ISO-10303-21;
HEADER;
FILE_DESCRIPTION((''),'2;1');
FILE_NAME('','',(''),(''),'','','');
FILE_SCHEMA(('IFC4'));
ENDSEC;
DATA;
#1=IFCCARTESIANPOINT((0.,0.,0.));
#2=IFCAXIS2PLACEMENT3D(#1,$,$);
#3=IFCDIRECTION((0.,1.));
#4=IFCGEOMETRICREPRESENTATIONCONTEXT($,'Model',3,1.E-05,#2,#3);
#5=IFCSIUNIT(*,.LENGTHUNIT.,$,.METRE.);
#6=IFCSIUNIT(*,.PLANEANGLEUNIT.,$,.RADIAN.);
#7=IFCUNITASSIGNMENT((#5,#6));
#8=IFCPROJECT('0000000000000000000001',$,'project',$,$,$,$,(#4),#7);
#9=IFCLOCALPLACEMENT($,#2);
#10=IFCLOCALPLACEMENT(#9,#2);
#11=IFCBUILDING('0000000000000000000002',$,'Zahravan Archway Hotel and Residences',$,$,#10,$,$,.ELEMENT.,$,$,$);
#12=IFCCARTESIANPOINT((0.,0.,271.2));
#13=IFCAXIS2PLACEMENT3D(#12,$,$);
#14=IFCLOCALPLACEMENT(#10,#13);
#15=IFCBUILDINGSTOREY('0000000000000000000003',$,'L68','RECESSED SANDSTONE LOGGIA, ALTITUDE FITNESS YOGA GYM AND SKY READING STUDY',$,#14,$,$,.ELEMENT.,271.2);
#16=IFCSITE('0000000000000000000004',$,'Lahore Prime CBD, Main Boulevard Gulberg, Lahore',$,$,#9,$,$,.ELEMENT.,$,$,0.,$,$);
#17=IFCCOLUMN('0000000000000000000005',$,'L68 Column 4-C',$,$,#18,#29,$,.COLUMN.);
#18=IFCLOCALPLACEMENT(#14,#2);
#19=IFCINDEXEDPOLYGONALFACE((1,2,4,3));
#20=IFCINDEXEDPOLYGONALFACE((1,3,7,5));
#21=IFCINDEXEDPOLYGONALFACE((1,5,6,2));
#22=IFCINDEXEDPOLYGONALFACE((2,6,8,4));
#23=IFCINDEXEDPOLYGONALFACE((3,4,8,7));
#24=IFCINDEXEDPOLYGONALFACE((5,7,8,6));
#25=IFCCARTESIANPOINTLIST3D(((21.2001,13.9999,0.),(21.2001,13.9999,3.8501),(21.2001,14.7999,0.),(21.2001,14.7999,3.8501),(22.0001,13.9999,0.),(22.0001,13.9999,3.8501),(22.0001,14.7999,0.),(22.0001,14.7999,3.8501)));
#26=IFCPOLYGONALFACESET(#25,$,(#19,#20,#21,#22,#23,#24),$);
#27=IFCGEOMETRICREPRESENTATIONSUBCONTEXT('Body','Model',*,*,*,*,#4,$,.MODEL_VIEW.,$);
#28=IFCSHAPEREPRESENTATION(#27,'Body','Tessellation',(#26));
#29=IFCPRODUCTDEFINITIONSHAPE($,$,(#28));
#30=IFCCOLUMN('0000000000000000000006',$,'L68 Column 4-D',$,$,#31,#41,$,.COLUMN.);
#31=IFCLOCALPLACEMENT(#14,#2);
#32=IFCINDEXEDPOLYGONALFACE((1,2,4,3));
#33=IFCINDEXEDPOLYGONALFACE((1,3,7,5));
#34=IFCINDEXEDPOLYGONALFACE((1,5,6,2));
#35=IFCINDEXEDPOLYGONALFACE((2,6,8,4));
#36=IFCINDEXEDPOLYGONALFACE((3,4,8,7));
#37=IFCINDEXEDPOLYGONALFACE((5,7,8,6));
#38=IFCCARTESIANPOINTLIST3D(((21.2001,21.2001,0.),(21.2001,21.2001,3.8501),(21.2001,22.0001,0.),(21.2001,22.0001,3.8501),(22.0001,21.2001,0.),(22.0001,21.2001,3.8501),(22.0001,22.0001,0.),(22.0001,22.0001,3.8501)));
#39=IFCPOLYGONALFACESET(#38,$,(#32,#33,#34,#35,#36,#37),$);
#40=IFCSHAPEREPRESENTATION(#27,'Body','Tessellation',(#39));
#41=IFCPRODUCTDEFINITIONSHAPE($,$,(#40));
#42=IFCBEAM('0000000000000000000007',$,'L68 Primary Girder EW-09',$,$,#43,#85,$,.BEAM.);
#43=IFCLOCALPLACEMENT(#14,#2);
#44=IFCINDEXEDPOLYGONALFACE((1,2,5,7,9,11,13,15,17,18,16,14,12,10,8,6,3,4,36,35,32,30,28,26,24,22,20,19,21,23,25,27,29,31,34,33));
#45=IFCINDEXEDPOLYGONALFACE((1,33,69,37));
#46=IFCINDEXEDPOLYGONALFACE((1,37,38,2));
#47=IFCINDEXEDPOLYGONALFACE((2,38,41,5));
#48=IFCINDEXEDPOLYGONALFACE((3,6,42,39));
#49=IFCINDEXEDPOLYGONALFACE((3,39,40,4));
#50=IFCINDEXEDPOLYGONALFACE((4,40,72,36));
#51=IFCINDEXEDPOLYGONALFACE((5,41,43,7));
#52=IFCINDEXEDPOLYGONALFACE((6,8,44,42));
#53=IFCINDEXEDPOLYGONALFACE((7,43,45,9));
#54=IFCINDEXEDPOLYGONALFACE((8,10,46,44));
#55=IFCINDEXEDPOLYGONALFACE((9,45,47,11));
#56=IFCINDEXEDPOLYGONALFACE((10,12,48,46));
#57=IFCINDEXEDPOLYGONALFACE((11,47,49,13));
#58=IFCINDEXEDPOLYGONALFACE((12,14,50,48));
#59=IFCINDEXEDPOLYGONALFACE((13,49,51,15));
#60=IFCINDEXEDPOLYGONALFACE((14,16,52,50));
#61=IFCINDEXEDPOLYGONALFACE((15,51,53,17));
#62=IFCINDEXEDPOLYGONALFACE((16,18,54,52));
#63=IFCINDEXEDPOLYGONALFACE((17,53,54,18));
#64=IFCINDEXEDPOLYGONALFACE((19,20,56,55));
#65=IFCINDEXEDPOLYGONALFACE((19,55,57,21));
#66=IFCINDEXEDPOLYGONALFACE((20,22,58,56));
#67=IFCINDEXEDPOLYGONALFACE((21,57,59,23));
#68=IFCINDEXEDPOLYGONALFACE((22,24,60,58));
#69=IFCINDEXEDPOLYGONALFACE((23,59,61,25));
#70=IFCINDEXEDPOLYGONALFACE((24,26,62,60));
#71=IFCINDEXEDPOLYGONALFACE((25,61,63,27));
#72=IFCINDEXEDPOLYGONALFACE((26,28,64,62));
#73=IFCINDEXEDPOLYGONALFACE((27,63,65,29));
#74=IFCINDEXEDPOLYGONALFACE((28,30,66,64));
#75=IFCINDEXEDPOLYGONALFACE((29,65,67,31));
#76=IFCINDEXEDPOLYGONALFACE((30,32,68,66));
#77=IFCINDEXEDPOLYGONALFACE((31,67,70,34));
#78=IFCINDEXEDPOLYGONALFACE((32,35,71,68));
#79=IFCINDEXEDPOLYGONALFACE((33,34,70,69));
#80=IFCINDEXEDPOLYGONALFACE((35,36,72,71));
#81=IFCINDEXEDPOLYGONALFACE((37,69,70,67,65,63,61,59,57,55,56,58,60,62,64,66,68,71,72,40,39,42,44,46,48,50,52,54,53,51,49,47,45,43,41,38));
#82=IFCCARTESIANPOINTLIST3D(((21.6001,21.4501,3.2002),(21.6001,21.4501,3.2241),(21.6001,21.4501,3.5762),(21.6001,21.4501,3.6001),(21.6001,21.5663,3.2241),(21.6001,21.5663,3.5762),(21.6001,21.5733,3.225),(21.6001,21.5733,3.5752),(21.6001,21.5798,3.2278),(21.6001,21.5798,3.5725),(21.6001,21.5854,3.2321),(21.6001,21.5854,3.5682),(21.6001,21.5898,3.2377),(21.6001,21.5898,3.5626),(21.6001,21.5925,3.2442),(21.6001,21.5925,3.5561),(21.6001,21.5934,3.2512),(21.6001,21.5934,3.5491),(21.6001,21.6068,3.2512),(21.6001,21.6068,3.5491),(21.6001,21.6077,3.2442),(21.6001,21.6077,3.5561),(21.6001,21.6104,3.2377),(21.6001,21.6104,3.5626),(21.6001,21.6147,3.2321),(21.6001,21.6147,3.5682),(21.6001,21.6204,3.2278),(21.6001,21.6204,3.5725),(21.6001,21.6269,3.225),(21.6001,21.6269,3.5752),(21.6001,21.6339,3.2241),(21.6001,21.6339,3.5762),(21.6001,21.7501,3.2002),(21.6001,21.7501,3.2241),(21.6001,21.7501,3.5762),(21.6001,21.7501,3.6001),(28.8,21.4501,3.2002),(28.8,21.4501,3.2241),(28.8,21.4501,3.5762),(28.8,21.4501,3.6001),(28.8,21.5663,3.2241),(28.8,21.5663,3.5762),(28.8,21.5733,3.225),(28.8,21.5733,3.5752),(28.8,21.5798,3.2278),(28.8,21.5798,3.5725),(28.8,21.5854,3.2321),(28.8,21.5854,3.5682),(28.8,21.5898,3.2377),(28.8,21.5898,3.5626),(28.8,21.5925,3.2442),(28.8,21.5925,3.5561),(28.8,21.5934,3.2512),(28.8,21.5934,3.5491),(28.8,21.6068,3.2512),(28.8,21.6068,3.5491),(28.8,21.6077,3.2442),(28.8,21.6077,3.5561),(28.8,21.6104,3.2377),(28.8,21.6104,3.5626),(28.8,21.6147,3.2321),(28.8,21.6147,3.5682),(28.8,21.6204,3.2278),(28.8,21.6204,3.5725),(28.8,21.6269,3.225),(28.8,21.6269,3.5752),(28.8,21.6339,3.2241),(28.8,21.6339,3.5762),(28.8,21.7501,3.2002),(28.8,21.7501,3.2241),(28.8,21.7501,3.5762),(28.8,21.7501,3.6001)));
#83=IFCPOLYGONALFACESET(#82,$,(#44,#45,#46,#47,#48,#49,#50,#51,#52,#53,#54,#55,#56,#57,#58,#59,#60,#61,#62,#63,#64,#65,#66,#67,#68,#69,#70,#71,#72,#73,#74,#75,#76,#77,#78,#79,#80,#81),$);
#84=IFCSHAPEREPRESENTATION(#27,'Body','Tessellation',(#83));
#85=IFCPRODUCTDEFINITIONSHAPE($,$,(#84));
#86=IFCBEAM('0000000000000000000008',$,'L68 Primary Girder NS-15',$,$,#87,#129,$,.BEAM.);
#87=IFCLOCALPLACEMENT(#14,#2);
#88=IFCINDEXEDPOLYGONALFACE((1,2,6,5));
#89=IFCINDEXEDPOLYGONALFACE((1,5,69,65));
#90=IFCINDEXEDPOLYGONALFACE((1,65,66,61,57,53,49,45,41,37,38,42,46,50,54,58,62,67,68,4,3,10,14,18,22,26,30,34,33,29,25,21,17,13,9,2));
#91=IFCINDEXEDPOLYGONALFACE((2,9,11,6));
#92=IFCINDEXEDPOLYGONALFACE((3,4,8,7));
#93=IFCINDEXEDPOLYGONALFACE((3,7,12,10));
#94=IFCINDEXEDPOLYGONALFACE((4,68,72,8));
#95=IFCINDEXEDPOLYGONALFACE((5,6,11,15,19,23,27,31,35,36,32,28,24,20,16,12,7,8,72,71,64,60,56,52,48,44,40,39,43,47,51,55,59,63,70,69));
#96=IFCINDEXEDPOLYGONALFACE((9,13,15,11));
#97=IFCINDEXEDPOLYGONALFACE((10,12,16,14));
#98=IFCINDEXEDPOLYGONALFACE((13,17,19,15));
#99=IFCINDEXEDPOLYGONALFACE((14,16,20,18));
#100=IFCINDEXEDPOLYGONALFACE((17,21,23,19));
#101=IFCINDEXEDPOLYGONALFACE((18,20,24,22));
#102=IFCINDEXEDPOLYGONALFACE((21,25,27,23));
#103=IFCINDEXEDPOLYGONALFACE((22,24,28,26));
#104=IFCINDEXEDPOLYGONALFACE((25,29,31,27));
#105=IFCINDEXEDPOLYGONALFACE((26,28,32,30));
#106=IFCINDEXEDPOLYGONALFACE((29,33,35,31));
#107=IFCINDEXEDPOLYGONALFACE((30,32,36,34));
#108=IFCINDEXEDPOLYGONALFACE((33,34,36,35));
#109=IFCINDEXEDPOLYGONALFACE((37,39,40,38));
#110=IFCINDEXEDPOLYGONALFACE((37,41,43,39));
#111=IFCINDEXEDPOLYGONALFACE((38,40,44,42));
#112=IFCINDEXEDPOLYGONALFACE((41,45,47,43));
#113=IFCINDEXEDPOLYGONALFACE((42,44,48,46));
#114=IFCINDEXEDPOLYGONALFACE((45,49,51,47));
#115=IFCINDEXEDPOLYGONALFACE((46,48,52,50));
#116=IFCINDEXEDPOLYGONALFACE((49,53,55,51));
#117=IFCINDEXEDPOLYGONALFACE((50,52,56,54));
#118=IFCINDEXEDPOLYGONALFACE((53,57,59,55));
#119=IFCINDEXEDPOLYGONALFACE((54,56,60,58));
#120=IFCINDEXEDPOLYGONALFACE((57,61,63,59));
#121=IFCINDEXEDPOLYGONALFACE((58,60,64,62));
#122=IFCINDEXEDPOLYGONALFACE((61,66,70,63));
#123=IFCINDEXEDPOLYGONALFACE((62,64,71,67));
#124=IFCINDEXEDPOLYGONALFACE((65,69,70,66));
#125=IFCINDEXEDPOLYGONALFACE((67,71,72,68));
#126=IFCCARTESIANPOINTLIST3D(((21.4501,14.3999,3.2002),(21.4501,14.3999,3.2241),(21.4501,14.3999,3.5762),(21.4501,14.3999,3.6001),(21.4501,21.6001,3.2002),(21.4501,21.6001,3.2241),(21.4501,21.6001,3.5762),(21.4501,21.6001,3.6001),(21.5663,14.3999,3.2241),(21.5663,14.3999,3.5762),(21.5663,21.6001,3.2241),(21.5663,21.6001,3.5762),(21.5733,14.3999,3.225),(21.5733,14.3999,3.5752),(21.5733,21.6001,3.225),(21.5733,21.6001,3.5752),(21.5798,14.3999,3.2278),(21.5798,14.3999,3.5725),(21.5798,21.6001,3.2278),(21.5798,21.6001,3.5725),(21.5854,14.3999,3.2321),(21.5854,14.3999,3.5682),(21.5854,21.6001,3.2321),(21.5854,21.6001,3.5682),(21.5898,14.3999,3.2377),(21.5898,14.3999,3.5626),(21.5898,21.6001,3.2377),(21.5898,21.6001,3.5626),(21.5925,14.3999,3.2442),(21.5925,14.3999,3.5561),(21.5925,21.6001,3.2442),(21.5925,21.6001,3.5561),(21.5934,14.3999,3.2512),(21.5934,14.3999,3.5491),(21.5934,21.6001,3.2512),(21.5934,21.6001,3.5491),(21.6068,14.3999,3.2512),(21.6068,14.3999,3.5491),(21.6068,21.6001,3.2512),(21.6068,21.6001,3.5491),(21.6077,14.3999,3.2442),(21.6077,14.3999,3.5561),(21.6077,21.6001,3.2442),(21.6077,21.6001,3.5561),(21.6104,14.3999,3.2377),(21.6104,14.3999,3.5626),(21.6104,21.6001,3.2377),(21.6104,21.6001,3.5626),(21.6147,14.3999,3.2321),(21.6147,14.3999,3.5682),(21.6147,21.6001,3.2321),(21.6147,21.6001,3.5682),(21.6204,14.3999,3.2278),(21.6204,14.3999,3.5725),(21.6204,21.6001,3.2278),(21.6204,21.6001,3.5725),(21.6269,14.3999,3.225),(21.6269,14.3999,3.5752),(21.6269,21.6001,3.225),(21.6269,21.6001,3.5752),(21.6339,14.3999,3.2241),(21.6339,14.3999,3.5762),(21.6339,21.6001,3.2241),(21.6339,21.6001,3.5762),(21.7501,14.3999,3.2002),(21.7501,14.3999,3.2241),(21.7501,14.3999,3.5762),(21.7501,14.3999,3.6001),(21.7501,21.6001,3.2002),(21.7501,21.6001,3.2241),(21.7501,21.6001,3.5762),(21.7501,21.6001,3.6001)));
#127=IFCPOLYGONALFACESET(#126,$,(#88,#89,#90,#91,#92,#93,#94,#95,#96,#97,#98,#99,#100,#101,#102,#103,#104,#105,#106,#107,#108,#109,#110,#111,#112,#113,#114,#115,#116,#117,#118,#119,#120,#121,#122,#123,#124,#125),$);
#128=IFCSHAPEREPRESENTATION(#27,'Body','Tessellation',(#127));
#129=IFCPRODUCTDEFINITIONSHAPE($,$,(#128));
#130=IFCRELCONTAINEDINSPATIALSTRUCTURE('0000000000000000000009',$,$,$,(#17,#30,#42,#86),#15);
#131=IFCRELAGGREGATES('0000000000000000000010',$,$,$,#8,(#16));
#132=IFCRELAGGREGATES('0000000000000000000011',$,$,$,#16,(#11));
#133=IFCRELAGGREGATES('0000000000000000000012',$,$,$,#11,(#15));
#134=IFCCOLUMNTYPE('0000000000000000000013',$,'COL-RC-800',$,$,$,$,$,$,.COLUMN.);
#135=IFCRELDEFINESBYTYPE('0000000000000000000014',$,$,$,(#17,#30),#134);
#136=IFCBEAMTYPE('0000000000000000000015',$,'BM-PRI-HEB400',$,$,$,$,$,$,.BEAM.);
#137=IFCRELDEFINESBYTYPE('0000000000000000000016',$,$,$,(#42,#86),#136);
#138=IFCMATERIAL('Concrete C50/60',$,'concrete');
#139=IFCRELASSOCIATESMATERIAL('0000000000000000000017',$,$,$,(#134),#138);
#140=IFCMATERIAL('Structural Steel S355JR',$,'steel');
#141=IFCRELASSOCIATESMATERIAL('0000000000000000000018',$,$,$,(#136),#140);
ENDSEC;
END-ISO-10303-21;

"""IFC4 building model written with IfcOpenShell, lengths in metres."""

from ifc_helpers import new_model, si_unit, direction, frame, origin, origin_2d, place, context, subcontext, project, spatial, rectangle, i_section, extrude, source, transform, mapped, material, material_profile, profile_set, type_object, type_shapes, element, save


model = new_model("IFC4")

# Units and contexts
model_context = context("Model", 3, precision=1e-05, world=origin(), true_north=direction((0.0, 1.0)))
body_context = subcontext(model_context, "Body", "Model", "MODEL_VIEW")
ifc_project = project(units=[si_unit("LENGTHUNIT", "METRE"), si_unit("PLANEANGLEUNIT", "RADIAN")], contexts=[model_context])

# Site, building, storey
site_placement = place(None, origin())
site = spatial("IfcSite", under=ifc_project, at=site_placement, Name="Lahore Prime CBD, Main Boulevard Gulberg, Lahore", CompositionType="ELEMENT", RefElevation=0.0)
building_placement = place(site_placement, origin())
building = spatial("IfcBuilding", under=site, at=building_placement, Name="Zahravan Archway Hotel and Residences", CompositionType="ELEMENT")
storey_placement = place(building_placement, frame((0.0, 0.0, 271.2)))
storey = spatial("IfcBuildingStorey", under=building, at=storey_placement, Name="L68", Description="RECESSED SANDSTONE LOGGIA, ALTITUDE FITNESS YOGA GYM AND SKY READING STUDY", CompositionType="ELEMENT", Elevation=271.2)

# Columns
ifc_material_1 = material(Name="Concrete C50/60", Category="concrete")
ifc_material_profile_1 = material_profile(ifc_material_1, rectangle(XDim=0.8, YDim=0.8, at=origin_2d()), Name="RC-COL-800x800", Category="concrete")
ifc_profile_set_1 = profile_set([ifc_material_profile_1], Name="Concrete C50/60")
column_type = type_object("IfcColumnType", Name="COL-RC-800", PredefinedType="COLUMN", material=ifc_profile_set_1)
shared_shape_1 = source(origin(), body_context, "Body", "SweptSolid", [
    extrude(rectangle(XDim=0.8, YDim=0.8, at=origin_2d()), origin(), (0.0, 0.0, 1.0), 3.8501),
])
for number, where, z_axis, x_axis, name in (
    (1, (21.6001, 14.3999, 0.0), (0.0, 0.0, 1.0), (1.0, 0.0, 0.0), "L68 Column 4-C"),
    (2, (21.6001, 21.6001, 0.0), (0.0, 0.0, 1.0), (1.0, 0.0, 0.0), "L68 Column 4-D"),
):
    element("IfcColumn", number, at=place(storey_placement, frame(where, z_axis=z_axis, x_axis=x_axis)), inside=storey, type_object=column_type, Name=name, PredefinedType="COLUMN", context=body_context, shape_type="MappedRepresentation", body=[
        mapped(shared_shape_1, transform((0.0, 0.0, 0.0), scale=1.0)),
    ])

# Beams
ifc_material_2 = material(Name="Structural Steel S355JR", Category="steel")
ifc_material_profile_2 = material_profile(ifc_material_2, i_section(OverallWidth=0.3, OverallDepth=0.3999, WebThickness=0.0134, FlangeThickness=0.0239, FilletRadius=0.0271, at=origin_2d()), Name="HEB 400", Category="steel")
ifc_profile_set_2 = profile_set([ifc_material_profile_2], Name="Structural Steel S355JR")
beam_type = type_object("IfcBeamType", Name="BM-PRI-HEB400", PredefinedType="BEAM", material=ifc_profile_set_2)
shared_shape_2 = source(origin(), body_context, "Body", "SweptSolid", [
    extrude(i_section(OverallWidth=0.3, OverallDepth=0.3999, WebThickness=0.0134, FlangeThickness=0.0239, FilletRadius=0.0271, at=origin_2d()), origin(), (0.0, 0.0, 1.0), 7.2),
])
type_shapes(beam_type, [shared_shape_2])
beam_1_placement = place(storey_placement, frame((21.6001, 21.6001, 3.4001), z_axis=(1.0, 0.0, 0.0), x_axis=(0.0, 1.0, 0.0)))
element("IfcBeam", 3, at=beam_1_placement, inside=storey, type_object=beam_type, Name="L68 Primary Girder EW-09", PredefinedType="BEAM", context=body_context, shape_type="MappedRepresentation", body=[
    mapped(shared_shape_2, transform((0.0, 0.0, 0.0), scale=1.0)),
])
shared_shape_3 = source(origin(), body_context, "Body", "SweptSolid", [
    extrude(i_section(OverallWidth=0.3, OverallDepth=0.3999, WebThickness=0.0134, FlangeThickness=0.0239, FilletRadius=0.0271, at=origin_2d()), origin(), (0.0, 0.0, 1.0), 7.2002),
])
beam_2_placement = place(storey_placement, frame((21.6001, 14.3999, 3.4001), z_axis=(0.0, 1.0, 0.0), x_axis=(-1.0, 0.0, 0.0)))
element("IfcBeam", 4, at=beam_2_placement, inside=storey, type_object=beam_type, Name="L68 Primary Girder NS-15", PredefinedType="BEAM", context=body_context, shape_type="MappedRepresentation", body=[
    mapped(shared_shape_3, transform((0.0, 0.0, 0.0), scale=1.0)),
])

save(model, "model.ifc")
